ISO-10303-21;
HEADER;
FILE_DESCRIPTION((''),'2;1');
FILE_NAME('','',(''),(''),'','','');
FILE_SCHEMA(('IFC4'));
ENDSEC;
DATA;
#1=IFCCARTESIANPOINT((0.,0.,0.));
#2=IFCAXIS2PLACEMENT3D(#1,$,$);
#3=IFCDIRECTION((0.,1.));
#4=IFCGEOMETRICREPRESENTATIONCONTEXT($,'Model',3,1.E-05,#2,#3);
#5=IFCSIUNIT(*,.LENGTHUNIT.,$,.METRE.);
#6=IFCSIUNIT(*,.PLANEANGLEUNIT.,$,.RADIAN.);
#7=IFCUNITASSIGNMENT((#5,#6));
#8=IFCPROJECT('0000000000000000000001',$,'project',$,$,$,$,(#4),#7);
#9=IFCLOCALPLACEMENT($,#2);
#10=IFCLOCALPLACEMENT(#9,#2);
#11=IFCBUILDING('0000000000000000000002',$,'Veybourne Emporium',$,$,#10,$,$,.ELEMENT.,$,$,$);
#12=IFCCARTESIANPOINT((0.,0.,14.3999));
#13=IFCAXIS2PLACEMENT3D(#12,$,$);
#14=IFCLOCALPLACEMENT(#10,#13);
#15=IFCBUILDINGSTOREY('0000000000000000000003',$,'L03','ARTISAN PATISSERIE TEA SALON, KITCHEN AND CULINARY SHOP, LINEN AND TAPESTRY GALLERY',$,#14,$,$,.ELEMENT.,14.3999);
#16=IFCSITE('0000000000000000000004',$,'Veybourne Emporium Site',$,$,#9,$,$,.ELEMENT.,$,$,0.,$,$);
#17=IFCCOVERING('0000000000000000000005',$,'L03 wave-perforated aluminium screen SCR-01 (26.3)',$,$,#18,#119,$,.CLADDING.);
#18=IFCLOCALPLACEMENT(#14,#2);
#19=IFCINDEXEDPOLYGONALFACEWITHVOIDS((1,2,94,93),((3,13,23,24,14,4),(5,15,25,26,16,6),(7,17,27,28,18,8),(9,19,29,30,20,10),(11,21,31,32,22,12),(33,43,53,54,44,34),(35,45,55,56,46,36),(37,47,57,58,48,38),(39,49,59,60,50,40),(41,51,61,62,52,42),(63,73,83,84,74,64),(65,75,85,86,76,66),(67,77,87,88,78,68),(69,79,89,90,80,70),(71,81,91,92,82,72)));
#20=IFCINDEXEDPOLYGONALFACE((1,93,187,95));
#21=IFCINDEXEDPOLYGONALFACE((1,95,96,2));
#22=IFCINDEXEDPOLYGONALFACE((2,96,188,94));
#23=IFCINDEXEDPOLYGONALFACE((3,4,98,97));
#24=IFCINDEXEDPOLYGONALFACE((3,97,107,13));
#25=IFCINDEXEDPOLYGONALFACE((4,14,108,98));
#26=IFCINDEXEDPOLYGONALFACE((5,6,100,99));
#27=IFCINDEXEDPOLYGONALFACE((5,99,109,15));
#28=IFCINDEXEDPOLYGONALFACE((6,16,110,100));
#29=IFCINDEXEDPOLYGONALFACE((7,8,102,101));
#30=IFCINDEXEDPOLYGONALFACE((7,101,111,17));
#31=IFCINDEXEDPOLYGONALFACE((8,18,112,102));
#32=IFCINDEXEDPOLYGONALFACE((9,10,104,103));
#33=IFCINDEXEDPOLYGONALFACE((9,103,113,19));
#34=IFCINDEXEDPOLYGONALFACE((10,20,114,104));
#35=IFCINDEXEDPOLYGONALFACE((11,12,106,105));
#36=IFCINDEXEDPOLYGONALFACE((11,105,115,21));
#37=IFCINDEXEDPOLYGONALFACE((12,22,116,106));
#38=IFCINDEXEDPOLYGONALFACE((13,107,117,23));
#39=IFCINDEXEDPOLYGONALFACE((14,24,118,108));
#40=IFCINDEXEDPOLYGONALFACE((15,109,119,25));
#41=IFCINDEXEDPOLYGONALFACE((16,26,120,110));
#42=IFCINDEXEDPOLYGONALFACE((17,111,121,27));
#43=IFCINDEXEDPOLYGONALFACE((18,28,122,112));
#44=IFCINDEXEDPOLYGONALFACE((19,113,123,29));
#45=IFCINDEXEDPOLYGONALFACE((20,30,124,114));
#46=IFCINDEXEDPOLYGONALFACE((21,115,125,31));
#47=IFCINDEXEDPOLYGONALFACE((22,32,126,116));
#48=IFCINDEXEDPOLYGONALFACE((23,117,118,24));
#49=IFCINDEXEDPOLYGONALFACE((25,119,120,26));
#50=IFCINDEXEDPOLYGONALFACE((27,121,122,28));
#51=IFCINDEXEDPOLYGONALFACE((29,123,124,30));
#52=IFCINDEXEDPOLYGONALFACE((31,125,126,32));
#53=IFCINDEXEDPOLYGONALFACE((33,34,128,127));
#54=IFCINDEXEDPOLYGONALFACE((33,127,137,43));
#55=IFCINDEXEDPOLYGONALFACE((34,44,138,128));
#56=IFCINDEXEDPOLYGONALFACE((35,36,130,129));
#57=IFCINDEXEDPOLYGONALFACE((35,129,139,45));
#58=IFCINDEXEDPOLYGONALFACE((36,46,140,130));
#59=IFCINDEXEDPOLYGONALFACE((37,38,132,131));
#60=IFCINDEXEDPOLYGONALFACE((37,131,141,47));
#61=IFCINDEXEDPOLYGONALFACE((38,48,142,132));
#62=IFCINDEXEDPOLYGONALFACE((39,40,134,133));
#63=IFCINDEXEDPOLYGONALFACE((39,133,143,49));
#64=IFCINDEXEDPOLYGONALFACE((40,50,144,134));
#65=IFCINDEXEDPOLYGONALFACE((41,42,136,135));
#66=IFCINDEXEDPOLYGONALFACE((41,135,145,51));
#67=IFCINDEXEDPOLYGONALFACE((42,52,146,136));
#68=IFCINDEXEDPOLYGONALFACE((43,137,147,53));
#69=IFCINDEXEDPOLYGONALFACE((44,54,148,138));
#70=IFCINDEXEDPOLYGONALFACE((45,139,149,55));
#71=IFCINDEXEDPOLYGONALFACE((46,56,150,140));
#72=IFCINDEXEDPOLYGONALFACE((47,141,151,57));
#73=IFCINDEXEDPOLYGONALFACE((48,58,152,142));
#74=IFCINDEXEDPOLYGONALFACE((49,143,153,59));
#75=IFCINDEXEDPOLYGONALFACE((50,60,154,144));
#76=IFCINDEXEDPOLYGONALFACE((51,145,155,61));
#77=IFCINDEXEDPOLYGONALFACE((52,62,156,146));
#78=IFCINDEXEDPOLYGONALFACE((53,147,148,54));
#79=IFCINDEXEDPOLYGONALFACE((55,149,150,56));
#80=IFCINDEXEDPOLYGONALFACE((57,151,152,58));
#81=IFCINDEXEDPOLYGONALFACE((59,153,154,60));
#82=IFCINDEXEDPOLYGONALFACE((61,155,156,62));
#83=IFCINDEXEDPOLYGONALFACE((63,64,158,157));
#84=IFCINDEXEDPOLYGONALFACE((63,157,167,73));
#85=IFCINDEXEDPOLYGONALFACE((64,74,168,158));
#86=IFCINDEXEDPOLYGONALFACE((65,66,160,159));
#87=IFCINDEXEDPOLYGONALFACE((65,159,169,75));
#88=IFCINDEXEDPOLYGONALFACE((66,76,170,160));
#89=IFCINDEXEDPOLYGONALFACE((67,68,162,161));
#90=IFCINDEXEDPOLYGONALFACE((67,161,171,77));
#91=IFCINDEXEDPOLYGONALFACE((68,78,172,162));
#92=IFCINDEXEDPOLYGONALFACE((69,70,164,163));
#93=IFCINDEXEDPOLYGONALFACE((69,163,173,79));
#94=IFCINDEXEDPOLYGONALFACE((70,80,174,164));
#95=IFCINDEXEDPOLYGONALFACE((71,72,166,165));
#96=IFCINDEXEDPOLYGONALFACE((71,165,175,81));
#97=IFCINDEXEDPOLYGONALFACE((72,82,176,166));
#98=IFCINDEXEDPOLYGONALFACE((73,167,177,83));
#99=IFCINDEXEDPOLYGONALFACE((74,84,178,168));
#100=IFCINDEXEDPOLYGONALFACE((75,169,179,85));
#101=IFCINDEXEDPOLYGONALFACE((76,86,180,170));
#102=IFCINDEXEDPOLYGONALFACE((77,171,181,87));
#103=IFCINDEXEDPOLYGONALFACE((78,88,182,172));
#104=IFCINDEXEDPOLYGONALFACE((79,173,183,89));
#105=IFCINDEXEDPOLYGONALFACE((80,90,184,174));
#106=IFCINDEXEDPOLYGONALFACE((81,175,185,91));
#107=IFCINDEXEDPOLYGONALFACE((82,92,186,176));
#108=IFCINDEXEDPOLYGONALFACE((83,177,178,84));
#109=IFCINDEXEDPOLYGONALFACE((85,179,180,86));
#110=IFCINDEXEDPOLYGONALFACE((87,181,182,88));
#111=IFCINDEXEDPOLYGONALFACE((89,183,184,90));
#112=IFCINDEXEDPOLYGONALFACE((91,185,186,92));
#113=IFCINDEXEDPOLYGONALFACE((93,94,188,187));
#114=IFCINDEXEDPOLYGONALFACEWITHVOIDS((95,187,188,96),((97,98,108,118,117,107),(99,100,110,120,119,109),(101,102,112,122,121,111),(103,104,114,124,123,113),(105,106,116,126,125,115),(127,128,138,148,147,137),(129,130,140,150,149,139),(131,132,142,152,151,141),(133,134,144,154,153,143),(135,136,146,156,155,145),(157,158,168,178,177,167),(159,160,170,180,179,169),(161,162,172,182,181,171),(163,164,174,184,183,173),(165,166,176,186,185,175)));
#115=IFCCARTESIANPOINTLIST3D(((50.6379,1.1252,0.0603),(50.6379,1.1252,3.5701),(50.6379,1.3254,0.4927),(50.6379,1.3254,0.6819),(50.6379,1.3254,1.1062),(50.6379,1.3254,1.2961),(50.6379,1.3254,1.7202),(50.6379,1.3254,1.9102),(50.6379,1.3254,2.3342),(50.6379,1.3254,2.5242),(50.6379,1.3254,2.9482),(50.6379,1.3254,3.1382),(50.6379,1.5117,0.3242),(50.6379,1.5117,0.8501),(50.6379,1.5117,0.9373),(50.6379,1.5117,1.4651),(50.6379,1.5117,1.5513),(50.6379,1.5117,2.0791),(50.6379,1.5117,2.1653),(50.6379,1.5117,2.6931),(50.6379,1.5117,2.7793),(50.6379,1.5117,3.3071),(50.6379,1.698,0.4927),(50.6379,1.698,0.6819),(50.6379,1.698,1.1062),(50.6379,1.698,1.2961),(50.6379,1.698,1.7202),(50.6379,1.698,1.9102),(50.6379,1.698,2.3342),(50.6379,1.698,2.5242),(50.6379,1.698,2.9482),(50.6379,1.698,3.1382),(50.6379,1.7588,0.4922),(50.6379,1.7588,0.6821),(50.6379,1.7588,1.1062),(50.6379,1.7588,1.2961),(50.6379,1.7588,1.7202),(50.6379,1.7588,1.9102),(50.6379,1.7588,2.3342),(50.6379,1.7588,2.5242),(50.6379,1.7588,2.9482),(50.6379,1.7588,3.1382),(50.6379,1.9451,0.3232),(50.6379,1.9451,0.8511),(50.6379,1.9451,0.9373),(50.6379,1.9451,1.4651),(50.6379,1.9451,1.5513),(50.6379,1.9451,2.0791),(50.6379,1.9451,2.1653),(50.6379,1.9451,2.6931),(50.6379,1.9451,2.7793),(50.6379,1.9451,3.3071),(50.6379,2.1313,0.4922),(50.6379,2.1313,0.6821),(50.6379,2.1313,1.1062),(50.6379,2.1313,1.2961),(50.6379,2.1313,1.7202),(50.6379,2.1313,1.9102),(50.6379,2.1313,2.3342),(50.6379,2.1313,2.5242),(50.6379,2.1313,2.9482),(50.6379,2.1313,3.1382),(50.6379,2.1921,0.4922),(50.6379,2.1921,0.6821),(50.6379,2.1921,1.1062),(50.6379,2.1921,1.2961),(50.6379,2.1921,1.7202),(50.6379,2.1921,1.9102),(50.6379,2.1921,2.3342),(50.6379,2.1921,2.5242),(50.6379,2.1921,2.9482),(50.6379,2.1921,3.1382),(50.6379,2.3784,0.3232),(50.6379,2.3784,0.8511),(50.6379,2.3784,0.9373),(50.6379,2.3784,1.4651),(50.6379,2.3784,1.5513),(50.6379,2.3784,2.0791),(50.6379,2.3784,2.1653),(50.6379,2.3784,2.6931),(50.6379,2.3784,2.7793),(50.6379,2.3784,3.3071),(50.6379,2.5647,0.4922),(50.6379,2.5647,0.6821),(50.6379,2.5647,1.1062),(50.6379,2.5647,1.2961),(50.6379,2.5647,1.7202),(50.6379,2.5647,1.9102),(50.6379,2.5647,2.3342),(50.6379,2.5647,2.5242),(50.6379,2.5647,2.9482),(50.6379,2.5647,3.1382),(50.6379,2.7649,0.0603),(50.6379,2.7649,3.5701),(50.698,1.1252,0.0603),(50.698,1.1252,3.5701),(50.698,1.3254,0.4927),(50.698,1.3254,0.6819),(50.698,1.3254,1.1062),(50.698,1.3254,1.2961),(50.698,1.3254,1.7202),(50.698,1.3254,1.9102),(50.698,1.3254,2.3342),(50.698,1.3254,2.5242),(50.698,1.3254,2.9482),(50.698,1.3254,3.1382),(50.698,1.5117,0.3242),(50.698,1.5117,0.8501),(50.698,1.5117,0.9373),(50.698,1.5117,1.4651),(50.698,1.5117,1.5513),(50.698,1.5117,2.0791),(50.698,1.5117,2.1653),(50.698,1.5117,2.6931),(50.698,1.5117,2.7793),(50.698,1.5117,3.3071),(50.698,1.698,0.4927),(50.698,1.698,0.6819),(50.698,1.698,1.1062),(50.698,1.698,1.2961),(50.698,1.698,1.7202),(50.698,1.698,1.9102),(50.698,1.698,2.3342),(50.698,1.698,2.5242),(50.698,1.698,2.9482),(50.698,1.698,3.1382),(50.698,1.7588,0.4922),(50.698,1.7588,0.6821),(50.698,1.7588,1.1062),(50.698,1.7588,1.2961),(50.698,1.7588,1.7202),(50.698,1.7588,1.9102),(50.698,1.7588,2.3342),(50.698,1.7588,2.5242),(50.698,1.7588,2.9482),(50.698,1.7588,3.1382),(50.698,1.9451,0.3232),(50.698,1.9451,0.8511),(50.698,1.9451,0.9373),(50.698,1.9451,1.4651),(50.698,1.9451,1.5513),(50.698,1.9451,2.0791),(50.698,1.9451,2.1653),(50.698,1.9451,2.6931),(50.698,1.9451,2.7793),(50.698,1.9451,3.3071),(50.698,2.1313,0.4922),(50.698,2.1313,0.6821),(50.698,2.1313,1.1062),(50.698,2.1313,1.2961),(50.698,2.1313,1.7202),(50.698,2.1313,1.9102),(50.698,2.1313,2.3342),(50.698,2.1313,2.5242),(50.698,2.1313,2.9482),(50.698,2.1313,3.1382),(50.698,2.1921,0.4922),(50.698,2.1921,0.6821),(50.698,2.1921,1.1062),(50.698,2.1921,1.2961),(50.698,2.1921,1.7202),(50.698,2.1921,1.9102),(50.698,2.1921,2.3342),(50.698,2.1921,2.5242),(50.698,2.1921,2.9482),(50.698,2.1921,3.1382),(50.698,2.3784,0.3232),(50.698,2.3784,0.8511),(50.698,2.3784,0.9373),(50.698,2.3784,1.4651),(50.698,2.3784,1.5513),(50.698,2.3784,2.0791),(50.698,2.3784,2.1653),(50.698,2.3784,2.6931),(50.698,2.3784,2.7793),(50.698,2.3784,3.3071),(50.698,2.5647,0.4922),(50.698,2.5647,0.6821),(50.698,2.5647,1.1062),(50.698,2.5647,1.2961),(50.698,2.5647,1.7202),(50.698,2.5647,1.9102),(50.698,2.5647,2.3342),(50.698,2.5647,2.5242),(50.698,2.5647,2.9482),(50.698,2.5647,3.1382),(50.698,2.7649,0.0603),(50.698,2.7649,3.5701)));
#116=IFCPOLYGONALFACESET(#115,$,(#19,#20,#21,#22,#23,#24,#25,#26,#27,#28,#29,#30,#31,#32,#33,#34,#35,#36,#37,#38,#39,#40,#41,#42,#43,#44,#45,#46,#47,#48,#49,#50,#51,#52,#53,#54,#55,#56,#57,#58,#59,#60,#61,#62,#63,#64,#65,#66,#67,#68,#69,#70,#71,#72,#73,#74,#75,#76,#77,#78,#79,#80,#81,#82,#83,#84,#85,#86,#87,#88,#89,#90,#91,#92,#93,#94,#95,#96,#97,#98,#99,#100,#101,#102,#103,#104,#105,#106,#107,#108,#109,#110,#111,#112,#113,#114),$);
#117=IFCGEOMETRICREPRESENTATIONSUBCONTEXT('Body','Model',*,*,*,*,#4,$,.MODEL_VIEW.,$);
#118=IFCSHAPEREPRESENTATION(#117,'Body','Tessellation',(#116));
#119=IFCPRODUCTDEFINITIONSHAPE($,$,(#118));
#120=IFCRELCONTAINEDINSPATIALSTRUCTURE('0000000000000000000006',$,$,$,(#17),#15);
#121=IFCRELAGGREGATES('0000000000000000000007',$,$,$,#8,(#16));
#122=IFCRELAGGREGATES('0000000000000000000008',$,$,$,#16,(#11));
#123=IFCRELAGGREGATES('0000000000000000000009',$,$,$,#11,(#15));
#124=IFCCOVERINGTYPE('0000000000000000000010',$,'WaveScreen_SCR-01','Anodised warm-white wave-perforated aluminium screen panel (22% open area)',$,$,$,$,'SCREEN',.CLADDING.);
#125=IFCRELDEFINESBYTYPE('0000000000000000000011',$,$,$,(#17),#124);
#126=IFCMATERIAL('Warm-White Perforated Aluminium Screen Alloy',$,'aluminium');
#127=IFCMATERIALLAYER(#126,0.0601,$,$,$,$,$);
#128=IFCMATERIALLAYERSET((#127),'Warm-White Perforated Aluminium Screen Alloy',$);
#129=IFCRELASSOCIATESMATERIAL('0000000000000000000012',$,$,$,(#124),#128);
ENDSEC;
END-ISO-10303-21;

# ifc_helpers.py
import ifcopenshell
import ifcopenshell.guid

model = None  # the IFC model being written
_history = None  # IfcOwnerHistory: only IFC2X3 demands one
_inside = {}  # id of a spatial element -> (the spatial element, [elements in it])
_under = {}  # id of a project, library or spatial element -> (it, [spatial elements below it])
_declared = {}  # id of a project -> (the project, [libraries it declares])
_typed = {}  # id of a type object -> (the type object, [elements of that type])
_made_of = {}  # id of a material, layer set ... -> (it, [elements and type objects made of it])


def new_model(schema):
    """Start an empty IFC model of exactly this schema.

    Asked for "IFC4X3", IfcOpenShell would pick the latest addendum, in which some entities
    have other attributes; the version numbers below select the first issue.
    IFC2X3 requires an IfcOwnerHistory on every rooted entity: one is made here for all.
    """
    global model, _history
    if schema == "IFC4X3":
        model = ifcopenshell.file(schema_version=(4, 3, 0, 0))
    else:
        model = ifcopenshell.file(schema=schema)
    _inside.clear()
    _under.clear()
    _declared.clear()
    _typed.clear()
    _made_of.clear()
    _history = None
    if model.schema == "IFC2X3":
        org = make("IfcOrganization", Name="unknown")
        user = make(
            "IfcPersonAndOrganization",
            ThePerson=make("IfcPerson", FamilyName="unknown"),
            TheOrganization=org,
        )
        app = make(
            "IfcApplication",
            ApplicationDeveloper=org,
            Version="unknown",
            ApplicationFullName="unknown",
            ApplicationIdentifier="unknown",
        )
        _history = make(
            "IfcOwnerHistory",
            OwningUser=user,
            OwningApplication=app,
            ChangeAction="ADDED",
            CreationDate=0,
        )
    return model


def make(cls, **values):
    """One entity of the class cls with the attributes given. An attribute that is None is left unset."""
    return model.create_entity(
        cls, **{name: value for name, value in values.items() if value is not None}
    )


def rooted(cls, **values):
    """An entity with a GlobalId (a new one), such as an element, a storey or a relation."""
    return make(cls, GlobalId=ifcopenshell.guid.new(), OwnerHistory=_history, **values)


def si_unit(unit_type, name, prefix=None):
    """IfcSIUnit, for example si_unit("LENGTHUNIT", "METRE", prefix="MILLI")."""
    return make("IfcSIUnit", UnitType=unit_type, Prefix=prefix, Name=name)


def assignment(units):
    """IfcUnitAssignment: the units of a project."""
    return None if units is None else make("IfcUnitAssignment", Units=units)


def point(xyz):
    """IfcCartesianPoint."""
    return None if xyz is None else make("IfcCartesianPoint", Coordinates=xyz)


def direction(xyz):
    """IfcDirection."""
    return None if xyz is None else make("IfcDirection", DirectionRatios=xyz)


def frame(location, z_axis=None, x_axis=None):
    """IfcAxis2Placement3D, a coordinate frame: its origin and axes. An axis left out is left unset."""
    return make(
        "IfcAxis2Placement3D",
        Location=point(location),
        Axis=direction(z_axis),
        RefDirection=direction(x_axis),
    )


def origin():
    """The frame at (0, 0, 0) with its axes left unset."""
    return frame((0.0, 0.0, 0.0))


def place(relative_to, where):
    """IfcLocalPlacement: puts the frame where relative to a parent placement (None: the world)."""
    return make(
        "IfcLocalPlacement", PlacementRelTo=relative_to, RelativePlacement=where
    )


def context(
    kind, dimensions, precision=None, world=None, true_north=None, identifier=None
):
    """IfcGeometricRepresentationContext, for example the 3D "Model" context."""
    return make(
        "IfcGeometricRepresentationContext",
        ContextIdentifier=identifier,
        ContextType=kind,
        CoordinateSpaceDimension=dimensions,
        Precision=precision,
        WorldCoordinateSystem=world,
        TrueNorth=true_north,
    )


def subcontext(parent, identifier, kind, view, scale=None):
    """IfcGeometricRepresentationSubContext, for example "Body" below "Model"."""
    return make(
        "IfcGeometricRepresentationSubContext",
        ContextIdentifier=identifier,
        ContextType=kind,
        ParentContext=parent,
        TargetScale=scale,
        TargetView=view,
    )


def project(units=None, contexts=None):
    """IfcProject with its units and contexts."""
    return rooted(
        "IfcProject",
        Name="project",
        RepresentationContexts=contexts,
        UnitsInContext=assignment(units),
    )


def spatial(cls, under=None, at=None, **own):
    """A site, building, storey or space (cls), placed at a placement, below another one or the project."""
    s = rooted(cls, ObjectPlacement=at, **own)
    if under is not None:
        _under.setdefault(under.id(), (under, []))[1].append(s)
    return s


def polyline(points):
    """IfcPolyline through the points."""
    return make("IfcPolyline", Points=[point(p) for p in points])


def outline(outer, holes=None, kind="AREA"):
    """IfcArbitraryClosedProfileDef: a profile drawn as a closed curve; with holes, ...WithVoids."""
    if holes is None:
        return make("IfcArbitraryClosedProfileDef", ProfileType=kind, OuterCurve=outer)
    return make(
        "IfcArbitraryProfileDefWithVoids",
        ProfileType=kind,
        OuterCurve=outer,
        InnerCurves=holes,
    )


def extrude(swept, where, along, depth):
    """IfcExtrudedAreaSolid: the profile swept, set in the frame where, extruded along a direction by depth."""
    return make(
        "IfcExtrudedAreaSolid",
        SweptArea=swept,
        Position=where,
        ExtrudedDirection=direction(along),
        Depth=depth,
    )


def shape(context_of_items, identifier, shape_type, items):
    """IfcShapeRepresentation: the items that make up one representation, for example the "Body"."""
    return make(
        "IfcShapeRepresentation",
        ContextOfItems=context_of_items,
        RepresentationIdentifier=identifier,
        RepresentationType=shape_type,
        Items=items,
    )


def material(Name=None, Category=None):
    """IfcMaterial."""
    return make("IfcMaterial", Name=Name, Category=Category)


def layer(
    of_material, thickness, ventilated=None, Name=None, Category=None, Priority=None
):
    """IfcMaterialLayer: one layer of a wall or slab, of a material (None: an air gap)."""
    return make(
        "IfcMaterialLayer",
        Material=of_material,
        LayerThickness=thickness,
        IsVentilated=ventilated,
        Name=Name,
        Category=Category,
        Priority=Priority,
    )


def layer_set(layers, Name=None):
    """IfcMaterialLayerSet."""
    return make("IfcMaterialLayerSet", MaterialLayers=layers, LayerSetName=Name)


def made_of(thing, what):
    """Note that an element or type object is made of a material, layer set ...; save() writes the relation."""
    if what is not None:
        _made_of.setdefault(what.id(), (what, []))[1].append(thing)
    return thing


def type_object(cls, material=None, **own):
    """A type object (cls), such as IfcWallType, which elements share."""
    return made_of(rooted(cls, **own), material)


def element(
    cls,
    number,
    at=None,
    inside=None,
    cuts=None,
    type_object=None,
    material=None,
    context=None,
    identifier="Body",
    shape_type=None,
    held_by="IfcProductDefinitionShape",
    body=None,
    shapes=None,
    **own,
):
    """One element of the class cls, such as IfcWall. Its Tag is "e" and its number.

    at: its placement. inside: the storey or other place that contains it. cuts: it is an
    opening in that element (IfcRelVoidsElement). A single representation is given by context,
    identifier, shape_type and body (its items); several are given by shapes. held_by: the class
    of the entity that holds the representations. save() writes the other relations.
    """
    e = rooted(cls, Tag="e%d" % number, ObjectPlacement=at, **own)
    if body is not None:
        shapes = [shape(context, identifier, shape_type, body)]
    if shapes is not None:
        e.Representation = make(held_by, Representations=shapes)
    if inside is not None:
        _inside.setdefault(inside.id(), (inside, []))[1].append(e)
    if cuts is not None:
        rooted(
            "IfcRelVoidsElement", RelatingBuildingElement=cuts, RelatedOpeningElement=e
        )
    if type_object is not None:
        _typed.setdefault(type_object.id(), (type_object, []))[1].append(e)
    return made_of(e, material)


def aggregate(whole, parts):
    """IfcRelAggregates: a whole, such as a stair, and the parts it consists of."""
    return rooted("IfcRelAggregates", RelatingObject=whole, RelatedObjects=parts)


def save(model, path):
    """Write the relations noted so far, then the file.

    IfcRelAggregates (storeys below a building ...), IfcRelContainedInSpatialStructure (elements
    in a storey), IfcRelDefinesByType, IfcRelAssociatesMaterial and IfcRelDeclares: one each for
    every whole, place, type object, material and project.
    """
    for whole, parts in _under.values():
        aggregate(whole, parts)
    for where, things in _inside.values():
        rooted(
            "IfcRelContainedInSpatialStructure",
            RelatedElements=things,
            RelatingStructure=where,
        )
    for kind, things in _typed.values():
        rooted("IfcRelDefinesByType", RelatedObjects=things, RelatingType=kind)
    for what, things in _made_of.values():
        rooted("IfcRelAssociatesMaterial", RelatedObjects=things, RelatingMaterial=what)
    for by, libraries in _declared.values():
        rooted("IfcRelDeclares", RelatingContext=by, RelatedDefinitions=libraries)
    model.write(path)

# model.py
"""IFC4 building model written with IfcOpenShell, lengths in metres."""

from ifc_helpers import new_model, si_unit, direction, frame, origin, place, context, subcontext, project, spatial, polyline, outline, extrude, material, layer, layer_set, type_object, element, save


model = new_model("IFC4")

# Units and contexts
model_context = context("Model", 3, precision=1e-05, world=origin(), true_north=direction((0.0, 1.0)))
body_context = subcontext(model_context, "Body", "Model", "MODEL_VIEW")
ifc_project = project(units=[si_unit("LENGTHUNIT", "METRE"), si_unit("PLANEANGLEUNIT", "RADIAN")], contexts=[model_context])

# Site, building, storey
site_placement = place(None, origin())
site = spatial("IfcSite", under=ifc_project, at=site_placement, Name="Veybourne Emporium Site", CompositionType="ELEMENT", RefElevation=0.0)
building_placement = place(site_placement, origin())
building = spatial("IfcBuilding", under=site, at=building_placement, Name="Veybourne Emporium", CompositionType="ELEMENT")
storey_placement = place(building_placement, frame((0.0, 0.0, 14.3999)))
storey = spatial("IfcBuildingStorey", under=building, at=storey_placement, Name="L03", Description="ARTISAN PATISSERIE TEA SALON, KITCHEN AND CULINARY SHOP, LINEN AND TAPESTRY GALLERY", CompositionType="ELEMENT", Elevation=14.3999)

# Covering
ifc_material_1 = material(Name="Warm-White Perforated Aluminium Screen Alloy", Category="aluminium")
ifc_layer_1 = layer(ifc_material_1, 0.0601)
ifc_layer_set_1 = layer_set([ifc_layer_1], Name="Warm-White Perforated Aluminium Screen Alloy")
covering_type_1 = type_object("IfcCoveringType", Name="WaveScreen_SCR-01", Description="Anodised warm-white wave-perforated aluminium screen panel (22% open area)", ElementType="SCREEN", PredefinedType="CLADDING", material=ifc_layer_set_1)
covering_1_placement = place(storey_placement, frame((50.698, 1.9451, 1.8152), z_axis=(-1.0, 0.0, 0.0), x_axis=(0.0, -1.0, 0.0)))
element("IfcCovering", 1, at=covering_1_placement, inside=storey, type_object=covering_type_1, Name="L03 wave-perforated aluminium screen SCR-01 (26.3)", PredefinedType="CLADDING", context=body_context, shape_type="SweptSolid", body=[
    extrude(outline(polyline([(-0.8198, -1.7549), (0.8198, -1.7549), (0.8198, 1.7549), (-0.8198, 1.7549), (-0.8198, -1.7549)]), holes=[polyline([(-0.4333, -0.9641), (-0.2471, -1.1331), (-0.2471, -1.323), (-0.4333, -1.4919), (-0.6196, -1.323), (-0.6196, -1.1331), (-0.4333, -0.9641)]), polyline([(-0.4333, -0.3501), (-0.2471, -0.519), (-0.2471, -0.709), (-0.4333, -0.8779), (-0.6196, -0.709), (-0.6196, -0.519), (-0.4333, -0.3501)]), polyline([(-0.4333, 0.2639), (-0.2471, 0.095), (-0.2471, -0.095), (-0.4333, -0.2639), (-0.6196, -0.095), (-0.6196, 0.095), (-0.4333, 0.2639)]), polyline([(-0.4333, 0.8779), (-0.2471, 0.709), (-0.2471, 0.519), (-0.4333, 0.3501), (-0.6196, 0.519), (-0.6196, 0.709), (-0.4333, 0.8779)]), polyline([(-0.4333, 1.4919), (-0.2471, 1.323), (-0.2471, 1.1331), (-0.4333, 0.9641), (-0.6196, 1.1331), (-0.6196, 1.323), (-0.4333, 1.4919)]), polyline([(0.0, -0.9641), (0.1863, -1.1331), (0.1863, -1.323), (0.0, -1.4919), (-0.1863, -1.323), (-0.1863, -1.1331), (0.0, -0.9641)]), polyline([(0.0, -0.3501), (0.1863, -0.519), (0.1863, -0.709), (0.0, -0.8779), (-0.1863, -0.709), (-0.1863, -0.519), (0.0, -0.3501)]), polyline([(0.0, 0.2639), (0.1863, 0.095), (0.1863, -0.095), (0.0, -0.2639), (-0.1863, -0.095), (-0.1863, 0.095), (0.0, 0.2639)]), polyline([(0.0, 0.8779), (0.1863, 0.709), (0.1863, 0.519), (0.0, 0.3501), (-0.1863, 0.519), (-0.1863, 0.709), (0.0, 0.8779)]), polyline([(0.0, 1.4919), (0.1863, 1.323), (0.1863, 1.1331), (0.0, 0.9641), (-0.1863, 1.1331), (-0.1863, 1.323), (0.0, 1.4919)]), polyline([(0.4333, -0.9651), (0.6196, -1.1333), (0.6196, -1.3225), (0.4333, -1.491), (0.2471, -1.3225), (0.2471, -1.1333), (0.4333, -0.9651)]), polyline([(0.4333, -0.3501), (0.6196, -0.519), (0.6196, -0.709), (0.4333, -0.8779), (0.2471, -0.709), (0.2471, -0.519), (0.4333, -0.3501)]), polyline([(0.4333, 0.2639), (0.6196, 0.095), (0.6196, -0.095), (0.4333, -0.2639), (0.2471, -0.095), (0.2471, 0.095), (0.4333, 0.2639)]), polyline([(0.4333, 0.8779), (0.6196, 0.709), (0.6196, 0.519), (0.4333, 0.3501), (0.2471, 0.519), (0.2471, 0.709), (0.4333, 0.8779)]), polyline([(0.4333, 1.4919), (0.6196, 1.323), (0.6196, 1.1331), (0.4333, 0.9641), (0.2471, 1.1331), (0.2471, 1.323), (0.4333, 1.4919)])]), origin(), (0.0, 0.0, 1.0), 0.0601),
])

save(model, "model.ifc")
